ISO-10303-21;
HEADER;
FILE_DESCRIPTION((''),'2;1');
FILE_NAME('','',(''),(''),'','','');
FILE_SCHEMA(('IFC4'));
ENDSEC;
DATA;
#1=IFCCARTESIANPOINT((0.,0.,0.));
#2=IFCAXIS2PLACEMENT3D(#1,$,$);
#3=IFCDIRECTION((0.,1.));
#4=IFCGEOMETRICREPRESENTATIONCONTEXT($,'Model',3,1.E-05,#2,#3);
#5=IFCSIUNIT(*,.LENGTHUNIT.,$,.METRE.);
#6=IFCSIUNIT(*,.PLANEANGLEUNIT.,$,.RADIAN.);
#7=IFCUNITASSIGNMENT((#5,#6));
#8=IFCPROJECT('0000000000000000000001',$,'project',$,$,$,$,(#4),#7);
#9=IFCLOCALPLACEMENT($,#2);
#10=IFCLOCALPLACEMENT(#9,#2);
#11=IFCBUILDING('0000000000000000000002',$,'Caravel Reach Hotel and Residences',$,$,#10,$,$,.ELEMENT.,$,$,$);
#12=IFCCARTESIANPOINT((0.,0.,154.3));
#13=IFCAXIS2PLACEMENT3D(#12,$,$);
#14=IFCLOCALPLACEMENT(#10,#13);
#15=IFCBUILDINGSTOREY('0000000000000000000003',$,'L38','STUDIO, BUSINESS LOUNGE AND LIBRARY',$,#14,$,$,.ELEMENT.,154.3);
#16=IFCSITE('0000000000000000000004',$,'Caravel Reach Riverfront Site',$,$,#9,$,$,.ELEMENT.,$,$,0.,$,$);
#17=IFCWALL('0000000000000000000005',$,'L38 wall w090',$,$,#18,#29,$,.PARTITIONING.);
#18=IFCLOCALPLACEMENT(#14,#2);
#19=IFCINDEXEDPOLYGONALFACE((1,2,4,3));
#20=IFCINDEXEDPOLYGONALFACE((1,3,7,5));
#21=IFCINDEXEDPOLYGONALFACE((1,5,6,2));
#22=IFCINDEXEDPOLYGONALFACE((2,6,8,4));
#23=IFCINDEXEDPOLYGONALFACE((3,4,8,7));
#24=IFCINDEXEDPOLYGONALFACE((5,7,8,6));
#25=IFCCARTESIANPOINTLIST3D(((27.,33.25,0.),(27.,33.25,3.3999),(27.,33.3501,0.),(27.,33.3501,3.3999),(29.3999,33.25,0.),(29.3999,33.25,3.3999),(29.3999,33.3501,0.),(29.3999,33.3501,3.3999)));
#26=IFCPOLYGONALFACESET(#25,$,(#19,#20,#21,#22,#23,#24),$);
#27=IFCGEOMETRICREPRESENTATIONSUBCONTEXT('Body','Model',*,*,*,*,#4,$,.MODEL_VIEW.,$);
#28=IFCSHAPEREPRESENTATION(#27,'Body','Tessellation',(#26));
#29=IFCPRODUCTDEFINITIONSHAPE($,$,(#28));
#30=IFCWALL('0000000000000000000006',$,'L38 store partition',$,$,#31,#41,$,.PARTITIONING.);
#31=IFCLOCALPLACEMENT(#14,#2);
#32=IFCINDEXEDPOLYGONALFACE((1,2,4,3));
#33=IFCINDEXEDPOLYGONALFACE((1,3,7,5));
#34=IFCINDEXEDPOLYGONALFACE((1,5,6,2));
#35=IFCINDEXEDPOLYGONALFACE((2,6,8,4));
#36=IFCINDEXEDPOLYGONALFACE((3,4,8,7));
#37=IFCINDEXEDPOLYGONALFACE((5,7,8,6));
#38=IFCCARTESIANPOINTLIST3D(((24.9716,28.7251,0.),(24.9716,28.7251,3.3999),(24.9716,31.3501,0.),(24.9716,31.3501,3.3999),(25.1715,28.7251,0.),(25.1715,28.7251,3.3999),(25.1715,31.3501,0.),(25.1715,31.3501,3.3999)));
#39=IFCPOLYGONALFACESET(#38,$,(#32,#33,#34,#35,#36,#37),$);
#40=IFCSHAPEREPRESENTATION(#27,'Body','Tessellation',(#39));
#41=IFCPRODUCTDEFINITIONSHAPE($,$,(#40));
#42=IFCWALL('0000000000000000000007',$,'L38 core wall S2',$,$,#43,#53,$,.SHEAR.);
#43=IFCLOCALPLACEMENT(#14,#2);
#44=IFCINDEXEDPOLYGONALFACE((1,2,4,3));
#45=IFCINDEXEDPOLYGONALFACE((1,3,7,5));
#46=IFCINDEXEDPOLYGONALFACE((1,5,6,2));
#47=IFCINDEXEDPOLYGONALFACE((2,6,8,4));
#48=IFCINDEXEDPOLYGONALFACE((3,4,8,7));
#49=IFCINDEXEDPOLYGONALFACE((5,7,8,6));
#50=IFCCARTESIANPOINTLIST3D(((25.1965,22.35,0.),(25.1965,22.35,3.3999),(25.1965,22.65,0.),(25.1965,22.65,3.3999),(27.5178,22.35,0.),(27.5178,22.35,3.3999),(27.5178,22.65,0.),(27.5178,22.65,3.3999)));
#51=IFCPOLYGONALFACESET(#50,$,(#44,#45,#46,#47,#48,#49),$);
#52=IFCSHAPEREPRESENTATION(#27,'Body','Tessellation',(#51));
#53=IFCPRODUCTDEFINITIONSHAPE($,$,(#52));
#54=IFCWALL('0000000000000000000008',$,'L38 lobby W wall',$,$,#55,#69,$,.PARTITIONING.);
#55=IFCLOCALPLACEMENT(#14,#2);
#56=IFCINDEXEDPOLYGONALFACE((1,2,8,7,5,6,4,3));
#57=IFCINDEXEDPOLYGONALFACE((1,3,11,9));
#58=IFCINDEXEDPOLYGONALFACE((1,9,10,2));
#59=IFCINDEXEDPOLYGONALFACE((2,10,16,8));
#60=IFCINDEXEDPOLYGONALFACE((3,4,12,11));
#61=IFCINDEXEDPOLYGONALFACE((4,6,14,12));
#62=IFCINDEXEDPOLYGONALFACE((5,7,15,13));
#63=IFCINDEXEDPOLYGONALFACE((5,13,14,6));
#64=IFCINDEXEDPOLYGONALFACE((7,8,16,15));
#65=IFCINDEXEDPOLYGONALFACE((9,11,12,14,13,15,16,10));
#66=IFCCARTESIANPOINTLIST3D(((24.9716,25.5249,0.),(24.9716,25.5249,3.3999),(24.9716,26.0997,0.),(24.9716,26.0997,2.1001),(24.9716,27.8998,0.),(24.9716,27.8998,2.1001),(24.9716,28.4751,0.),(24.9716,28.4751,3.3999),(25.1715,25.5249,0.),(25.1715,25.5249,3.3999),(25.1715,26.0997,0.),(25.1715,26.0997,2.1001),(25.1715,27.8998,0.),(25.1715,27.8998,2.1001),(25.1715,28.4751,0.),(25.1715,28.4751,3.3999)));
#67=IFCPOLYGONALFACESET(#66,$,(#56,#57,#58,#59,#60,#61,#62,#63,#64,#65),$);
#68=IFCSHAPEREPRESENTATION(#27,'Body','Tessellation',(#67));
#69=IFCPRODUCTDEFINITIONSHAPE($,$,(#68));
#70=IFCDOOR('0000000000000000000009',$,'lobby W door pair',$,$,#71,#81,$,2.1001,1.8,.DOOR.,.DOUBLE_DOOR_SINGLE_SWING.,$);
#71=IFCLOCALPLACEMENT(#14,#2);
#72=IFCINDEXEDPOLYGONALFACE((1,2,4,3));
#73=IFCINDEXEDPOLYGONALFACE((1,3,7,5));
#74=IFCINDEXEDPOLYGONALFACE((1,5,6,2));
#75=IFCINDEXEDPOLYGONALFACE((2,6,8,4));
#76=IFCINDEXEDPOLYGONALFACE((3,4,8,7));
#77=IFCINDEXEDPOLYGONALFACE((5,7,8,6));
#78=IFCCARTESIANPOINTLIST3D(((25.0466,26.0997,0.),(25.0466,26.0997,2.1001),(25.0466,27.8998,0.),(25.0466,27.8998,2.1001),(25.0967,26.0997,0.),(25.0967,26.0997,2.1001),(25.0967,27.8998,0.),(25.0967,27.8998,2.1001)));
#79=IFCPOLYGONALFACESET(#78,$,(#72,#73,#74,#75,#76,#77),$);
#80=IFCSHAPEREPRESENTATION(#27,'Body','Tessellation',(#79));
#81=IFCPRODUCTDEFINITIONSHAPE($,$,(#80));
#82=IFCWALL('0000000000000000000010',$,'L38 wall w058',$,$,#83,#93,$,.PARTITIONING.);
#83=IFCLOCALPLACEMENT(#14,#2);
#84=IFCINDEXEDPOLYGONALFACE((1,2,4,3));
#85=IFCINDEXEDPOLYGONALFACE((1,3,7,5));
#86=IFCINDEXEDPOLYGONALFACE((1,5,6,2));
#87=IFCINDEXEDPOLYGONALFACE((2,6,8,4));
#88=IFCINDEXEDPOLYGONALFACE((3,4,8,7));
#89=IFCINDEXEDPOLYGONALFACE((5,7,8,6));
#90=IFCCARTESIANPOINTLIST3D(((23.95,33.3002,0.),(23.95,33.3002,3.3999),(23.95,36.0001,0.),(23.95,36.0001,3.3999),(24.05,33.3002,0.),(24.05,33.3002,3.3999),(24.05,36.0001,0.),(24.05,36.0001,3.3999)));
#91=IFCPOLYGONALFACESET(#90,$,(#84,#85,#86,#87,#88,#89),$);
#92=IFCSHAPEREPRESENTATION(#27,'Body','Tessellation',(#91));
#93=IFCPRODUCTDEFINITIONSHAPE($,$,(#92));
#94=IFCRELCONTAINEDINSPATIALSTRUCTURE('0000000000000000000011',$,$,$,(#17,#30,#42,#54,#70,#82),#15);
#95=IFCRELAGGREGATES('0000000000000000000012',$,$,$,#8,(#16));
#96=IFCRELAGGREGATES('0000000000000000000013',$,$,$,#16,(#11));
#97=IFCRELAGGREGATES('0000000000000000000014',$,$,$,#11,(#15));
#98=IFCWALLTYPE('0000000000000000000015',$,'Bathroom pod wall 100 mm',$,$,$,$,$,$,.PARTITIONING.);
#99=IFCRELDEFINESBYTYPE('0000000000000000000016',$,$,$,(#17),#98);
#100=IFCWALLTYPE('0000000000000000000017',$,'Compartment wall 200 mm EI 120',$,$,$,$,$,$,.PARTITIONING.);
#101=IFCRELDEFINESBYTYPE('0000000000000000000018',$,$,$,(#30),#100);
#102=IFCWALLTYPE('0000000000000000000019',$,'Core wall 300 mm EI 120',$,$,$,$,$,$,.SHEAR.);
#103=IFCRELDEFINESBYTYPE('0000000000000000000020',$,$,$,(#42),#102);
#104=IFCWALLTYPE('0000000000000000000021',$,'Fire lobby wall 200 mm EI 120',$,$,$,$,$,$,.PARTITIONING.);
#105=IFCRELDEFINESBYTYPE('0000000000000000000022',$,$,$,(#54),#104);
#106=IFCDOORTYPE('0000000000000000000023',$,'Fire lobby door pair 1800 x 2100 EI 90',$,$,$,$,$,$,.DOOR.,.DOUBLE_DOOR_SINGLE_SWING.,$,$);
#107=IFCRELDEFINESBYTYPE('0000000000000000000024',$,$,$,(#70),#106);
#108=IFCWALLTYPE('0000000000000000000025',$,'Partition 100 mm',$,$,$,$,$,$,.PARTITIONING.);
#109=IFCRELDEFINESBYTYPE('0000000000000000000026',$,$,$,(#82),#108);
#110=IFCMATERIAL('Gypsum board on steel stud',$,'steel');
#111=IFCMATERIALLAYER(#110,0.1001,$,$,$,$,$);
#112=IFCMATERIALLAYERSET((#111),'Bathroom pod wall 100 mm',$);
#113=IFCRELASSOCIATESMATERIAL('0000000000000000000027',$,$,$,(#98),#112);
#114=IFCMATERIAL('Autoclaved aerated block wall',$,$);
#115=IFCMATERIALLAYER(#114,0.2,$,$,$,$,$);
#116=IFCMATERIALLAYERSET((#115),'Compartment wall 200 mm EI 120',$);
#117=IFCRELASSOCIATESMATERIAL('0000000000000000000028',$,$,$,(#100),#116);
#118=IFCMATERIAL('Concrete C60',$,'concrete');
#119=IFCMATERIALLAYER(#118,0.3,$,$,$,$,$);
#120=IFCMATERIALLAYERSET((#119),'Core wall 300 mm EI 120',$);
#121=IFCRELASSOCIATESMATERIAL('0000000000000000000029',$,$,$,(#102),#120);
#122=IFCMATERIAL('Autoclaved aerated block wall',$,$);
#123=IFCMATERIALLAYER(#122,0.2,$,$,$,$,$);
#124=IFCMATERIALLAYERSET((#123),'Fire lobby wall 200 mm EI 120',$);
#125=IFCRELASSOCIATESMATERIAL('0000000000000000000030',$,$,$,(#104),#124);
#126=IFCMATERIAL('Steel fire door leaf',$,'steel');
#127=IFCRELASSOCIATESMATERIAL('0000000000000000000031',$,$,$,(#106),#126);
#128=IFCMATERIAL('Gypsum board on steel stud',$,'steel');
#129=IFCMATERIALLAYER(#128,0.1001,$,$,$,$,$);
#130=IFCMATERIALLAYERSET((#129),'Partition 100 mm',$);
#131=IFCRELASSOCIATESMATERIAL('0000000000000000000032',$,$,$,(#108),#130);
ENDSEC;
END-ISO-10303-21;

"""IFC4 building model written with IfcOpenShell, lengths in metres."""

from ifc_helpers import new_model, si_unit, direction, frame, frame_2d, origin, place, context, subcontext, project, spatial, rectangle, extrude, material, layer, layer_set, type_object, element, fill, save


model = new_model("IFC4")

# Units and contexts
model_context = context("Model", 3, precision=1e-05, world=origin(), true_north=direction((0.0, 1.0)))
body_context = subcontext(model_context, "Body", "Model", "MODEL_VIEW")
ifc_project = project(units=[si_unit("LENGTHUNIT", "METRE"), si_unit("PLANEANGLEUNIT", "RADIAN")], contexts=[model_context])

# Site, building, storey
site_placement = place(None, origin())
site = spatial("IfcSite", under=ifc_project, at=site_placement, Name="Caravel Reach Riverfront Site", CompositionType="ELEMENT", RefElevation=0.0)
building_placement = place(site_placement, origin())
building = spatial("IfcBuilding", under=site, at=building_placement, Name="Caravel Reach Hotel and Residences", CompositionType="ELEMENT")
storey_placement = place(building_placement, frame((0.0, 0.0, 154.3)))
storey = spatial("IfcBuildingStorey", under=building, at=storey_placement, Name="L38", Description="STUDIO, BUSINESS LOUNGE AND LIBRARY", CompositionType="ELEMENT", Elevation=154.3)

# Walls
ifc_material_1 = material(Name="Gypsum board on steel stud", Category="steel")
ifc_layer_1 = layer(ifc_material_1, 0.1001)
ifc_layer_set_1 = layer_set([ifc_layer_1], Name="Bathroom pod wall 100 mm")
wall_type_1 = type_object("IfcWallType", Name="Bathroom pod wall 100 mm", PredefinedType="PARTITIONING", material=ifc_layer_set_1)
wall_1_placement = place(storey_placement, frame((27.0, 33.3, 0.0), z_axis=(0.0, 0.0, 1.0), x_axis=(1.0, 0.0, 0.0)))
element("IfcWall", 1, at=wall_1_placement, inside=storey, type_object=wall_type_1, Name="L38 wall w090", PredefinedType="PARTITIONING", context=body_context, shape_type="SweptSolid", body=[
    extrude(rectangle(XDim=2.3999, YDim=0.1001, at=frame_2d((1.2, 0.0))), origin(), (0.0, 0.0, 1.0), 3.3999),
])
ifc_material_2 = material(Name="Autoclaved aerated block wall")
ifc_layer_2 = layer(ifc_material_2, 0.2)
ifc_layer_set_2 = layer_set([ifc_layer_2], Name="Compartment wall 200 mm EI 120")
wall_type_2 = type_object("IfcWallType", Name="Compartment wall 200 mm EI 120", PredefinedType="PARTITIONING", material=ifc_layer_set_2)
wall_2_placement = place(storey_placement, frame((25.0715, 28.7251, 0.0), z_axis=(0.0, 0.0, 1.0), x_axis=(0.0, 1.0, 0.0)))
element("IfcWall", 2, at=wall_2_placement, inside=storey, type_object=wall_type_2, Name="L38 store partition", PredefinedType="PARTITIONING", context=body_context, shape_type="SweptSolid", body=[
    extrude(rectangle(XDim=2.625, YDim=0.2, at=frame_2d((1.3125, 0.0))), origin(), (0.0, 0.0, 1.0), 3.3999),
])
ifc_material_3 = material(Name="Concrete C60", Category="concrete")
ifc_layer_3 = layer(ifc_material_3, 0.3)
ifc_layer_set_3 = layer_set([ifc_layer_3], Name="Core wall 300 mm EI 120")
wall_type_3 = type_object("IfcWallType", Name="Core wall 300 mm EI 120", PredefinedType="SHEAR", material=ifc_layer_set_3)
wall_3_placement = place(storey_placement, frame((25.1965, 22.5, 0.0), z_axis=(0.0, 0.0, 1.0), x_axis=(1.0, 0.0, 0.0)))
element("IfcWall", 3, at=wall_3_placement, inside=storey, type_object=wall_type_3, Name="L38 core wall S2", PredefinedType="SHEAR", context=body_context, shape_type="SweptSolid", body=[
    extrude(rectangle(XDim=2.3213, YDim=0.3, at=frame_2d((1.1606, 0.0))), origin(), (0.0, 0.0, 1.0), 3.3999),
])

# Wall, opening, door
ifc_material_4 = material(Name="Autoclaved aerated block wall")
ifc_layer_4 = layer(ifc_material_4, 0.2)
ifc_layer_set_4 = layer_set([ifc_layer_4], Name="Fire lobby wall 200 mm EI 120")
wall_type_4 = type_object("IfcWallType", Name="Fire lobby wall 200 mm EI 120", PredefinedType="PARTITIONING", material=ifc_layer_set_4)
wall_4_placement = place(storey_placement, frame((25.0715, 25.5249, 0.0), z_axis=(0.0, 0.0, 1.0), x_axis=(0.0, 1.0, 0.0)))
wall_4 = element("IfcWall", 4, at=wall_4_placement, inside=storey, type_object=wall_type_4, Name="L38 lobby W wall", PredefinedType="PARTITIONING", context=body_context, shape_type="SweptSolid", body=[
    extrude(rectangle(XDim=2.9502, YDim=0.2, at=frame_2d((1.4751, 0.0))), origin(), (0.0, 0.0, 1.0), 3.3999),
])
opening_1_placement = place(wall_4_placement, frame((0.575, 0.0, 0.0)))
opening_1 = element("IfcOpeningElement", 5, at=opening_1_placement, cuts=wall_4, PredefinedType="OPENING", context=body_context, shape_type="SweptSolid", body=[
    extrude(rectangle(XDim=1.8, YDim=2.1001, at=frame_2d((0.8999, 1.05))), frame((0.0, 0.1099, 0.0), z_axis=(0.0, -1.0, 0.0), x_axis=(1.0, 0.0, 0.0)), (0.0, 0.0, 1.0), 0.22),
])
ifc_material_5 = material(Name="Steel fire door leaf", Category="steel")
door_type_1 = type_object("IfcDoorType", Name="Fire lobby door pair 1800 x 2100 EI 90", OperationType="DOUBLE_DOOR_SINGLE_SWING", PredefinedType="DOOR", material=ifc_material_5)
door_1_placement = place(opening_1_placement, origin())
door_1 = element("IfcDoor", 6, at=door_1_placement, inside=storey, type_object=door_type_1, Name="lobby W door pair", OperationType="DOUBLE_DOOR_SINGLE_SWING", OverallHeight=2.1001, OverallWidth=1.8, PredefinedType="DOOR", context=body_context, shape_type="SweptSolid", body=[
    extrude(rectangle(XDim=1.8, YDim=2.1001, at=frame_2d((0.8999, 1.05))), frame((0.0, 0.0249, 0.0), z_axis=(0.0, -1.0, 0.0), x_axis=(1.0, 0.0, 0.0)), (0.0, 0.0, 1.0), 0.05),
])
fill(opening_1, door_1)

# Wall
ifc_material_6 = material(Name="Gypsum board on steel stud", Category="steel")
ifc_layer_5 = layer(ifc_material_6, 0.1001)
ifc_layer_set_5 = layer_set([ifc_layer_5], Name="Partition 100 mm")
wall_type_5 = type_object("IfcWallType", Name="Partition 100 mm", PredefinedType="PARTITIONING", material=ifc_layer_set_5)
wall_5_placement = place(storey_placement, frame((24.0, 33.3, 0.0), z_axis=(0.0, 0.0, 1.0), x_axis=(0.0, 1.0, 0.0)))
element("IfcWall", 7, at=wall_5_placement, inside=storey, type_object=wall_type_5, Name="L38 wall w058", PredefinedType="PARTITIONING", context=body_context, shape_type="SweptSolid", body=[
    extrude(rectangle(XDim=2.7, YDim=0.1001, at=frame_2d((1.3501, 0.0))), origin(), (0.0, 0.0, 1.0), 3.3999),
])

save(model, "model.ifc")
